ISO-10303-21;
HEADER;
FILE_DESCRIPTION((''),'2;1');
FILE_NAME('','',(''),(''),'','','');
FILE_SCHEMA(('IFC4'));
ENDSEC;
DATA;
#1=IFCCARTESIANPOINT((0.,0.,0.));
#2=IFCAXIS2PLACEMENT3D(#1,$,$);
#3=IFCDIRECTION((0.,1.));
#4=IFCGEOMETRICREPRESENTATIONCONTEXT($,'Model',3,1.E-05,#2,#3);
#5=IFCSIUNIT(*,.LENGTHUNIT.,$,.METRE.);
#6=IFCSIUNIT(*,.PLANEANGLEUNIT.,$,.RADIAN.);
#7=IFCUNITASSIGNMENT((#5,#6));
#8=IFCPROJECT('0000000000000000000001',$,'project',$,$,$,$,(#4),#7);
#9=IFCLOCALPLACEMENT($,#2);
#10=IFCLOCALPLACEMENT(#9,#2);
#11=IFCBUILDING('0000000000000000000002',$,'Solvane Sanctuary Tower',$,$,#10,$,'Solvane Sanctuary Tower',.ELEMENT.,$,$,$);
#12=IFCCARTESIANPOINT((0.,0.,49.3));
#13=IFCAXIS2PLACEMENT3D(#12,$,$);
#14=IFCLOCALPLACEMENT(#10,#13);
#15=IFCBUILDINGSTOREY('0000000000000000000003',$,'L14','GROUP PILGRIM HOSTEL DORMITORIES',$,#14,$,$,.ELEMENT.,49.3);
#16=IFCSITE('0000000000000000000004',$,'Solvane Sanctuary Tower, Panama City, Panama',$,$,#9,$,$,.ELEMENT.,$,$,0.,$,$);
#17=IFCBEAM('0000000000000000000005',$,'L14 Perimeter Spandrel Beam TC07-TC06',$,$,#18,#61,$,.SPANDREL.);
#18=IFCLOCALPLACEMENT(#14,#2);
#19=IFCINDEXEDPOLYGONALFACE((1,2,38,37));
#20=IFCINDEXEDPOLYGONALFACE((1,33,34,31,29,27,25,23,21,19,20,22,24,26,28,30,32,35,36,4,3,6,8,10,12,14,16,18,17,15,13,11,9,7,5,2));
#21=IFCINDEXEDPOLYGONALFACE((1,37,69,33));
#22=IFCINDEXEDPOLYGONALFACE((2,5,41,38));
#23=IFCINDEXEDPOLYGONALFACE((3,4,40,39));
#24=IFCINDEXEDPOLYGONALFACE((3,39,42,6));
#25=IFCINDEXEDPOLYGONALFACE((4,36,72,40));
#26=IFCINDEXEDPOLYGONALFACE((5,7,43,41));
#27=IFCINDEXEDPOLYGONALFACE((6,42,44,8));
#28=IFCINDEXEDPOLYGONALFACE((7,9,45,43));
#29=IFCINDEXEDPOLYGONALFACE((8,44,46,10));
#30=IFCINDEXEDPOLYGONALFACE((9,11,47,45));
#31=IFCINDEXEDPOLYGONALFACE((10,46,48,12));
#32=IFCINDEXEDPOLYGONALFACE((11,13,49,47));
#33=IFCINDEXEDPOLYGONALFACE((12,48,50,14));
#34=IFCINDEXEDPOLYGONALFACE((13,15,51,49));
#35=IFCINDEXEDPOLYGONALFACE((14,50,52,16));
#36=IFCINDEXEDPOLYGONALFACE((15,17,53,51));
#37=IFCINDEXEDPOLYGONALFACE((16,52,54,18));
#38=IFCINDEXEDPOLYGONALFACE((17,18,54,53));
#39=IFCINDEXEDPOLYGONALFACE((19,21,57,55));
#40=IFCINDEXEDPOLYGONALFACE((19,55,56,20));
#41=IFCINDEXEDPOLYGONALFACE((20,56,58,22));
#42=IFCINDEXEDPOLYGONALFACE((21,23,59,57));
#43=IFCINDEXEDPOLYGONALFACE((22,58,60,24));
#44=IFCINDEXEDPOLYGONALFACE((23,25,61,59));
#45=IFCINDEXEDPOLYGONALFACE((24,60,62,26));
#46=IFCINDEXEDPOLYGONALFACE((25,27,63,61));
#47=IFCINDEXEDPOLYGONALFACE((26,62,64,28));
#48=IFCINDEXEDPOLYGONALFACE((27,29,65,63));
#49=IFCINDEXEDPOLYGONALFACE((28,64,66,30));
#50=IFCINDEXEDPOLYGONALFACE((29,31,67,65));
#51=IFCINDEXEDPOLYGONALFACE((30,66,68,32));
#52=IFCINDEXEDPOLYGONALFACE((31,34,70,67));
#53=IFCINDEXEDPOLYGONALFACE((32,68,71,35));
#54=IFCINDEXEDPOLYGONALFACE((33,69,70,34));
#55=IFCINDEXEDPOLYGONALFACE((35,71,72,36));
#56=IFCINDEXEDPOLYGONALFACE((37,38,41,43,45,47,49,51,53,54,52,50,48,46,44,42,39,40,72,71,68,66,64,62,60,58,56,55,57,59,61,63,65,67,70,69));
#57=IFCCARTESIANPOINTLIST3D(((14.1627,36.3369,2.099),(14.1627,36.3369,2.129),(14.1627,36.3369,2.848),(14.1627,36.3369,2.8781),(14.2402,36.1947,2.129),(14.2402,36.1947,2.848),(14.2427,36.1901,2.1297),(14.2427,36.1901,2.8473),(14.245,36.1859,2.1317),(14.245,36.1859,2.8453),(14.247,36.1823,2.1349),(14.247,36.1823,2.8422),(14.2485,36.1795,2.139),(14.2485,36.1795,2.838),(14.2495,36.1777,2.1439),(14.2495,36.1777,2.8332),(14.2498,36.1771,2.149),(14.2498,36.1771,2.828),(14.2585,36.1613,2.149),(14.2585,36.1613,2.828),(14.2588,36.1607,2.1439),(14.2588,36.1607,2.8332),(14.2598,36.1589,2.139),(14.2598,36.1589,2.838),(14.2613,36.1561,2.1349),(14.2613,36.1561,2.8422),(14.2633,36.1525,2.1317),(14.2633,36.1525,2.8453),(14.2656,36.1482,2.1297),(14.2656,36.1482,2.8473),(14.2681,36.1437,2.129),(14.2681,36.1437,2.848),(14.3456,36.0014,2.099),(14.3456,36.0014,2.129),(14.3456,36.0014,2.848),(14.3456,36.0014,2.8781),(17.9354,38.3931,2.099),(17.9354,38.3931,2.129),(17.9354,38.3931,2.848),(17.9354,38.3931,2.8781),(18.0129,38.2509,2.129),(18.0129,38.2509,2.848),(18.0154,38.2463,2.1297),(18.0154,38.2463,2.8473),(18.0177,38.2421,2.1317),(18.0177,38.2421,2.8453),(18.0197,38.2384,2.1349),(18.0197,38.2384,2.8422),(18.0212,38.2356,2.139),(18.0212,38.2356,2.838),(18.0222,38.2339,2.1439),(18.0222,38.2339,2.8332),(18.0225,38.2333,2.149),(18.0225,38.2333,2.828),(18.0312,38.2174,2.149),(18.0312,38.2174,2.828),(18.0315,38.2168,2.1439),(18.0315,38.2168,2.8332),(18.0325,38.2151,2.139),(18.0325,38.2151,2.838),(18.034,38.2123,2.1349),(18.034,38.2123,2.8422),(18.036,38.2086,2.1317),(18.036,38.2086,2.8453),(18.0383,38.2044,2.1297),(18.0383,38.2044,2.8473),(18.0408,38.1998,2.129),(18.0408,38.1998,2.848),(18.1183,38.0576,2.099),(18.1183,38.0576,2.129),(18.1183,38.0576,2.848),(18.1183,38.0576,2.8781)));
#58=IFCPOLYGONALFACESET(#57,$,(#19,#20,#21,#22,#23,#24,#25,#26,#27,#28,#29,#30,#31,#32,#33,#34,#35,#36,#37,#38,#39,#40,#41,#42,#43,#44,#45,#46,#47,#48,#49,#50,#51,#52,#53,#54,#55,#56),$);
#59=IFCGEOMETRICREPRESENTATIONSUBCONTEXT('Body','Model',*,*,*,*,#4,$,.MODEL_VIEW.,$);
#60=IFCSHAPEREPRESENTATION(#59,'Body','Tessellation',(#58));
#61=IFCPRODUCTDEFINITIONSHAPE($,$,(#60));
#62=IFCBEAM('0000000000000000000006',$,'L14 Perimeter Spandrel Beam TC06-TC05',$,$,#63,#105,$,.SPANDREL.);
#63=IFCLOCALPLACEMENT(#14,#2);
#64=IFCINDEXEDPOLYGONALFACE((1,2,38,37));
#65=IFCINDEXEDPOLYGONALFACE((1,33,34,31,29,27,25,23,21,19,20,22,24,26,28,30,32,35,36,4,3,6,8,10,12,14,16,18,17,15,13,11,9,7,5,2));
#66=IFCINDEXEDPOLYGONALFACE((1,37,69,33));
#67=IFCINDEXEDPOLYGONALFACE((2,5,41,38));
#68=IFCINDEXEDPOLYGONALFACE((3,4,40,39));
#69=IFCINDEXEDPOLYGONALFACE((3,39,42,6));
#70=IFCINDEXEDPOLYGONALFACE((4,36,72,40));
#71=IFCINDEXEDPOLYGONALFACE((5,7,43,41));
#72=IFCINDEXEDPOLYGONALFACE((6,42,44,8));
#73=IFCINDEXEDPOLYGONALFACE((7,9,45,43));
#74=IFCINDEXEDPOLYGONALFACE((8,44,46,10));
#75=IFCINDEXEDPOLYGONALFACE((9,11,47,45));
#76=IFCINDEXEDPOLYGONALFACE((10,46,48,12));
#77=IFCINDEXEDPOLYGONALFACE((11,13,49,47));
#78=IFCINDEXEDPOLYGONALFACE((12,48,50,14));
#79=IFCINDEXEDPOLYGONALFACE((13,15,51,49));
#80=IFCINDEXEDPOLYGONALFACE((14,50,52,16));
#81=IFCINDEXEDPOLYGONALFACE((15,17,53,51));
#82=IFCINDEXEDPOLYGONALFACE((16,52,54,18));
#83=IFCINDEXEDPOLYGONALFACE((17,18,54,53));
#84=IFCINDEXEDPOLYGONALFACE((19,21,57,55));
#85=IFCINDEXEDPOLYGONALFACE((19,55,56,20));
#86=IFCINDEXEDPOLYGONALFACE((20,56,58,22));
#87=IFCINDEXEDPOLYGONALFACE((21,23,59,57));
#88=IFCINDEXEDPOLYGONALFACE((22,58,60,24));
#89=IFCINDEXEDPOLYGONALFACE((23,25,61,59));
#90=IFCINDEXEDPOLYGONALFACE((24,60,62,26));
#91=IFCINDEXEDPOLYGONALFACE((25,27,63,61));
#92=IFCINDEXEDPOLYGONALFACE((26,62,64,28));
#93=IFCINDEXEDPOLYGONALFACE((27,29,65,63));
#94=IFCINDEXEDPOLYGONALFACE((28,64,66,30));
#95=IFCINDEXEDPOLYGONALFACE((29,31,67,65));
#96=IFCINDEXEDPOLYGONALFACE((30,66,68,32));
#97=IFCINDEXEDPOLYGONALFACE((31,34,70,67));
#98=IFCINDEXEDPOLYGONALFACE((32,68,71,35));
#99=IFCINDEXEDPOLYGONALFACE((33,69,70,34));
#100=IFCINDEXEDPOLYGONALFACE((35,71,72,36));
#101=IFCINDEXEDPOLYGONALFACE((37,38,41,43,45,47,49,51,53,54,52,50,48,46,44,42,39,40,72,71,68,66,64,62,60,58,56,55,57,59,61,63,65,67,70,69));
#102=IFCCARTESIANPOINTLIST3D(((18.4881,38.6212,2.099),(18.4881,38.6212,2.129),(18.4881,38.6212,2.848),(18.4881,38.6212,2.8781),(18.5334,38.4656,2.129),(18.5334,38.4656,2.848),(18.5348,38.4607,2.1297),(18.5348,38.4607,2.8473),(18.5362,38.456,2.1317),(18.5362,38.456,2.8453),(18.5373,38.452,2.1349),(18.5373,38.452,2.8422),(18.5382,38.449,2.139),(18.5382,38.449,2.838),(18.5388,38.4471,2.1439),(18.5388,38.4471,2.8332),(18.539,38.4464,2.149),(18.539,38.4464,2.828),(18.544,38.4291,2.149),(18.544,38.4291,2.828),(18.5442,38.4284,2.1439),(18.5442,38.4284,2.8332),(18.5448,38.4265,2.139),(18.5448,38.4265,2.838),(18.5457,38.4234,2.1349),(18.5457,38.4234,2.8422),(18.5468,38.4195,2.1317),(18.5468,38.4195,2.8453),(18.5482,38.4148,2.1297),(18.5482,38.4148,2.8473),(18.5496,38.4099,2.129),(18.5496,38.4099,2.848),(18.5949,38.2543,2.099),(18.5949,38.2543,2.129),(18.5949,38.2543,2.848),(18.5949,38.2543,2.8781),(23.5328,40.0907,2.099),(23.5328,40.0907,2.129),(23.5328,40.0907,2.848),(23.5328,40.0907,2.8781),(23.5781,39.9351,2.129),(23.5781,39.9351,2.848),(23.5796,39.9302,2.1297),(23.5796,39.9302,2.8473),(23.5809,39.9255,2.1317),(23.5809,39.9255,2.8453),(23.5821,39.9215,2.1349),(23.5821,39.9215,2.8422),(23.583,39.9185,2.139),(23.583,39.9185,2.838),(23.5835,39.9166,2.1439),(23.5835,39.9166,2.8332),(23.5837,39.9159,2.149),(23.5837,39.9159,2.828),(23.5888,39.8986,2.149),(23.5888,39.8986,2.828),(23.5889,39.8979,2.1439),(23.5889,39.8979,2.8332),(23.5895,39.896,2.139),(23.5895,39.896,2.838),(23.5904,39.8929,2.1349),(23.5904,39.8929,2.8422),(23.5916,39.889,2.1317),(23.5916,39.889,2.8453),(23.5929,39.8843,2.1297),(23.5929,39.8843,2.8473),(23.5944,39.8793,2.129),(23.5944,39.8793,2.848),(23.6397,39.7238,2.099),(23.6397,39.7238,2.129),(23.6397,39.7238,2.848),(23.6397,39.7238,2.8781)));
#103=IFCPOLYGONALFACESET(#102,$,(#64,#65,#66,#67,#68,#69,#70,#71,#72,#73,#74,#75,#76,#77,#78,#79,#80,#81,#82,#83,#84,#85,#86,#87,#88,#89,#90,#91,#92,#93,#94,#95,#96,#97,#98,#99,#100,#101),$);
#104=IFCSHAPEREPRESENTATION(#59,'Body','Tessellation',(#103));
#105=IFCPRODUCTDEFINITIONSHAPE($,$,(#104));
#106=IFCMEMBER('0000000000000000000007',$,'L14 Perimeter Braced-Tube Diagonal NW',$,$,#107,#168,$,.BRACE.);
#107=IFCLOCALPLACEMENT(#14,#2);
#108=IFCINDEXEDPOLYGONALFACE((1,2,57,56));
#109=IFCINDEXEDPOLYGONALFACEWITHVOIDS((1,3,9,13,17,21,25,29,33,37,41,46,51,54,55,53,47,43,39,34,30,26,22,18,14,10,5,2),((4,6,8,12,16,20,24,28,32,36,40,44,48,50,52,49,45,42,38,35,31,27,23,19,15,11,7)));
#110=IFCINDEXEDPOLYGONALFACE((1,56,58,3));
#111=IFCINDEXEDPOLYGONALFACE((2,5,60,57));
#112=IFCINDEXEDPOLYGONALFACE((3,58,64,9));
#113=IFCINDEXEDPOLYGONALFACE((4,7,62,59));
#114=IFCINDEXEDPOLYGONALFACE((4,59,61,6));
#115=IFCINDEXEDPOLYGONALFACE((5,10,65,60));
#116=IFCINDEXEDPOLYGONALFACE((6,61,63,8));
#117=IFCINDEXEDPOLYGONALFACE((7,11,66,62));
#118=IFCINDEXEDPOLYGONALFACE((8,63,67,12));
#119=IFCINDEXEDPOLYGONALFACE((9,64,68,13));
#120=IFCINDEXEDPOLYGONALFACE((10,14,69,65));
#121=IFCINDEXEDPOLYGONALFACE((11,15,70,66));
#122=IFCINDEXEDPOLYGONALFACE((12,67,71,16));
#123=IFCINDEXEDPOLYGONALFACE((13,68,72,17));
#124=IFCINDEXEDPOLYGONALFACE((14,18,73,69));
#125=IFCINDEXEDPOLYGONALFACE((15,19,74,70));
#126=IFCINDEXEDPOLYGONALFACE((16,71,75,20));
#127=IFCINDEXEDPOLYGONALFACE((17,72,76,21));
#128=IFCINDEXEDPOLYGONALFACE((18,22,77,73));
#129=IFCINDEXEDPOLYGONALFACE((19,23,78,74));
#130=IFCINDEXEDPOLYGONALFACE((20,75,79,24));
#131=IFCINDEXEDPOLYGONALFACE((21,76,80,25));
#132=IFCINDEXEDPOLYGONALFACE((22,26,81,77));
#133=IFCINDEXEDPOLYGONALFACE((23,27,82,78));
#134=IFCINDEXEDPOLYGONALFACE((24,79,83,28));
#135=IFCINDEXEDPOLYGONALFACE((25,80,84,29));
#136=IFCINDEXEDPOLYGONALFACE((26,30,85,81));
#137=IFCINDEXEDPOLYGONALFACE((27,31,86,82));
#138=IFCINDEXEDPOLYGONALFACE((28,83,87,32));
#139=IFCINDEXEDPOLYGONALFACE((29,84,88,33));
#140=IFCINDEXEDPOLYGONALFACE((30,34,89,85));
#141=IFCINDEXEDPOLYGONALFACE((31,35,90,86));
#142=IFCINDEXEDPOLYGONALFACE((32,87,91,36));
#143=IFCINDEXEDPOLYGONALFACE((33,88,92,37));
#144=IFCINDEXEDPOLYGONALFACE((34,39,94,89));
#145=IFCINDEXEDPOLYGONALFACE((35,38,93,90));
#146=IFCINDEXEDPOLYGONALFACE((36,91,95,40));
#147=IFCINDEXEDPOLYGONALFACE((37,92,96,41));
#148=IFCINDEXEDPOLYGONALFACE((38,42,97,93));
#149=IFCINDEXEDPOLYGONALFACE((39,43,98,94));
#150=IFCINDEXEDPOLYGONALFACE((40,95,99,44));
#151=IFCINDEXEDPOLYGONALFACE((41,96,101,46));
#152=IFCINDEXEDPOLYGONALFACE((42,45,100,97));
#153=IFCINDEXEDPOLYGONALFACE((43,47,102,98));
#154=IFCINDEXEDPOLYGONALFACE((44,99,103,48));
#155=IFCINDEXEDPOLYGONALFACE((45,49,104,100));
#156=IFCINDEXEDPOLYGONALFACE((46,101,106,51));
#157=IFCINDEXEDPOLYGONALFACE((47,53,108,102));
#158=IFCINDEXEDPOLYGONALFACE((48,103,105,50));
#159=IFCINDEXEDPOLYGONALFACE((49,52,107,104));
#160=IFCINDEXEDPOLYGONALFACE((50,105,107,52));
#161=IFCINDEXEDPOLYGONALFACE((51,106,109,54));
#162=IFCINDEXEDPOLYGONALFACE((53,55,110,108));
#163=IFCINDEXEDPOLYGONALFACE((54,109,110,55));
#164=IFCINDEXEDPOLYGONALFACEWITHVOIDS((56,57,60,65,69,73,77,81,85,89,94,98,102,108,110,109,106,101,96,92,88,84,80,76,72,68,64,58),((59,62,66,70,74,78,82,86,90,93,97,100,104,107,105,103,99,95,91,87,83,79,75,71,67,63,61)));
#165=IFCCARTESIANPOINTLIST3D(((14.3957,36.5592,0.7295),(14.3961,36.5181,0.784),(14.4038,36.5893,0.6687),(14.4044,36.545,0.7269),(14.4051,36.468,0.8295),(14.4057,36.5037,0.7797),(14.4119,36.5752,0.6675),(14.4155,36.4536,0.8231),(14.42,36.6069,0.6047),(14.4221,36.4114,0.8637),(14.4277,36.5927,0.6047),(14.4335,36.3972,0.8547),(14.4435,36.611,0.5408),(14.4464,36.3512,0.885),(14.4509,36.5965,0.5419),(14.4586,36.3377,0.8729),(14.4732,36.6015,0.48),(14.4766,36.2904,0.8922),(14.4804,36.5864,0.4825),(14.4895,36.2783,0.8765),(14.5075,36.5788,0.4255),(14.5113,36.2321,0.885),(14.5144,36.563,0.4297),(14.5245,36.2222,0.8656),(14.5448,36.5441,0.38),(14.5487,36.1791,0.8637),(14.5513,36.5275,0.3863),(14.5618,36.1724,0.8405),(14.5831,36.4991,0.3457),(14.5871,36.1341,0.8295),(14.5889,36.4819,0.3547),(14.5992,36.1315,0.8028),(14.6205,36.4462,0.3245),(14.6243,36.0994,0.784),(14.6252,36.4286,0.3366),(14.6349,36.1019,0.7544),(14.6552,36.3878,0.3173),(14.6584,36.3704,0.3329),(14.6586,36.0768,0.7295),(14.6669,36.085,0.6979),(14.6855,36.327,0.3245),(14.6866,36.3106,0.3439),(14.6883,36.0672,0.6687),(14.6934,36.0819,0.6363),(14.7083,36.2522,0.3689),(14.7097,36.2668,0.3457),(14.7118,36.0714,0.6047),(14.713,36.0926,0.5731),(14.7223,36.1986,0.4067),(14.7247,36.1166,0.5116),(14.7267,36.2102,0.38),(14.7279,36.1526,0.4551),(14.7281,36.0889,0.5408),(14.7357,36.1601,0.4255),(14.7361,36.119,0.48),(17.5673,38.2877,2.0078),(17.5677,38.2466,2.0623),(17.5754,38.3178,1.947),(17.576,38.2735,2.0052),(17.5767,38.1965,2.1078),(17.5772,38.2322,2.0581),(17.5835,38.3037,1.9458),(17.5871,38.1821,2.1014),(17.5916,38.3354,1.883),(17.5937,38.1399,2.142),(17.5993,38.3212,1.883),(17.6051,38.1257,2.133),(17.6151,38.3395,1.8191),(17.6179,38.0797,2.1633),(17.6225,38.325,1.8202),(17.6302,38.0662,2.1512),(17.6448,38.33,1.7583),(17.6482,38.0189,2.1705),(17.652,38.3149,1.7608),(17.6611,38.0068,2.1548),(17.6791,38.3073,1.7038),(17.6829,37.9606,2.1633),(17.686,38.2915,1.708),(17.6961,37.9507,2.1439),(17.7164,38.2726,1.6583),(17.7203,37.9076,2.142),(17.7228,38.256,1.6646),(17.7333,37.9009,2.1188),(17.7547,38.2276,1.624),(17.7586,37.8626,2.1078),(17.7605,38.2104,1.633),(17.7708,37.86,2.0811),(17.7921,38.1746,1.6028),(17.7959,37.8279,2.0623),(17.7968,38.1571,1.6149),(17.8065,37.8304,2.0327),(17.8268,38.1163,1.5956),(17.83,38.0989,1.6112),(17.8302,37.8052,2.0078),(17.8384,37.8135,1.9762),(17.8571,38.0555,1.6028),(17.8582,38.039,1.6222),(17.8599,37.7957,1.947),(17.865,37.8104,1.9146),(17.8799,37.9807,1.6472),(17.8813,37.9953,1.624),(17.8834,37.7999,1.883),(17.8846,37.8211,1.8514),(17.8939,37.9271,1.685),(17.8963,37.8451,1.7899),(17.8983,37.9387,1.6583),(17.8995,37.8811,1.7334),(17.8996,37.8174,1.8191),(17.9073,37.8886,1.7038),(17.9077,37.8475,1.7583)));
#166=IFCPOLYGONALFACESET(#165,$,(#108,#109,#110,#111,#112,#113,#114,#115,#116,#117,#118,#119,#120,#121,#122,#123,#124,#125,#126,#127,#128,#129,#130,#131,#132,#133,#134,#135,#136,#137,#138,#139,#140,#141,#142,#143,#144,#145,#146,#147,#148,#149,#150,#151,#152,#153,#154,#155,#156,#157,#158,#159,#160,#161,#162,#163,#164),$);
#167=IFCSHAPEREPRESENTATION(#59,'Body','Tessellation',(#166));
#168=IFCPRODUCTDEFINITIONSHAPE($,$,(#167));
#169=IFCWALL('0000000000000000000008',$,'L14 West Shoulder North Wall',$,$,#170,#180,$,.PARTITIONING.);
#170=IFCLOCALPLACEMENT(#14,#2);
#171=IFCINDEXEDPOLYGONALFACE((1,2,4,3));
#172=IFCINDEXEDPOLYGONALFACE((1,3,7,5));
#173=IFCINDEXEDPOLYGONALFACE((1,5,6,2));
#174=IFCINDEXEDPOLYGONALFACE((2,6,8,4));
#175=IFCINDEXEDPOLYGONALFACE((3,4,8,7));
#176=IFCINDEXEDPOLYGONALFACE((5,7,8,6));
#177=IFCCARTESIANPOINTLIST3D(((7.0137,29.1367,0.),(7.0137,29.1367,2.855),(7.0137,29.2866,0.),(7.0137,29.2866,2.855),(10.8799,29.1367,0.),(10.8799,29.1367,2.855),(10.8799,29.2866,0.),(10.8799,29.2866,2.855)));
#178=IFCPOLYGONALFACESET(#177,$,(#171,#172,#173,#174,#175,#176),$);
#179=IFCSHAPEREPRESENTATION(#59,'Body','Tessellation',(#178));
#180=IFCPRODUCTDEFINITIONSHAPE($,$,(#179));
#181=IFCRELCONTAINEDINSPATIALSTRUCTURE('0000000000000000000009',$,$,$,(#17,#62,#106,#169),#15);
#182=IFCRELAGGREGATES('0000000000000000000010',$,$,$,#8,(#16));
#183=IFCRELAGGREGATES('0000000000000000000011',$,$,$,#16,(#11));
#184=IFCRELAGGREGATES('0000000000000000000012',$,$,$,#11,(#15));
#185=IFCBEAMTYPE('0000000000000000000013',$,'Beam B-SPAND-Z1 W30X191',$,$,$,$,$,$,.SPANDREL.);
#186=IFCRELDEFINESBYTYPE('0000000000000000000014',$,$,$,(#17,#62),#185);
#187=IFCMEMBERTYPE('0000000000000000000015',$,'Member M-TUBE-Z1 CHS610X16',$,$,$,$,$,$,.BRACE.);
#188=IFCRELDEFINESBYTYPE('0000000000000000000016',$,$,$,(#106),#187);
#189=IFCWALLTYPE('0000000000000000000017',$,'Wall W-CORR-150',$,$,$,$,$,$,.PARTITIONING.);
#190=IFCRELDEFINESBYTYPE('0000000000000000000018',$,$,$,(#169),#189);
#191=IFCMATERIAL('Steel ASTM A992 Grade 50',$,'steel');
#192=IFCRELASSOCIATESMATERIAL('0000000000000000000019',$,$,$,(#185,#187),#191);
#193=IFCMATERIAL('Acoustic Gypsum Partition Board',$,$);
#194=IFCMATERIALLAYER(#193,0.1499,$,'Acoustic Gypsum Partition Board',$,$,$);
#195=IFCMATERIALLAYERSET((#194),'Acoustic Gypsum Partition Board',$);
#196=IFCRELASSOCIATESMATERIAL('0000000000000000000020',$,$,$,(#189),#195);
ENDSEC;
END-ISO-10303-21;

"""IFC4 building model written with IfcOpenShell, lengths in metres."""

from ifc_helpers import new_model, si_unit, direction, frame, frame_2d, origin, origin_2d, place, context, subcontext, project, spatial, rectangle, hollow_circle, i_section, extrude, material, layer, layer_set, material_profile, profile_set, type_object, element, save


model = new_model("IFC4")

# Units and contexts
model_context = context("Model", 3, precision=1e-05, world=origin(), true_north=direction((0.0, 1.0)))
body_context = subcontext(model_context, "Body", "Model", "MODEL_VIEW")
ifc_project = project(units=[si_unit("LENGTHUNIT", "METRE"), si_unit("PLANEANGLEUNIT", "RADIAN")], contexts=[model_context])

# Site, building, storey
site_placement = place(None, origin())
site = spatial("IfcSite", under=ifc_project, at=site_placement, Name="Solvane Sanctuary Tower, Panama City, Panama", CompositionType="ELEMENT", RefElevation=0.0)
building_placement = place(site_placement, origin())
building = spatial("IfcBuilding", under=site, at=building_placement, Name="Solvane Sanctuary Tower", LongName="Solvane Sanctuary Tower", CompositionType="ELEMENT")
storey_placement = place(building_placement, frame((0.0, 0.0, 49.3)))
storey = spatial("IfcBuildingStorey", under=building, at=storey_placement, Name="L14", Description="GROUP PILGRIM HOSTEL DORMITORIES", CompositionType="ELEMENT", Elevation=49.3)

# Beams
ifc_material_1 = material(Name="Steel ASTM A992 Grade 50", Category="steel")
ifc_material_profile_1 = material_profile(ifc_material_1, i_section(OverallWidth=0.3821, OverallDepth=0.7791, WebThickness=0.0181, FlangeThickness=0.03, FilletRadius=0.02, at=origin_2d()), Name="W30X191")
ifc_profile_set_1 = profile_set([ifc_material_profile_1], Name="Steel ASTM A992 Grade 50")
beam_type_1 = type_object("IfcBeamType", Name="Beam B-SPAND-Z1 W30X191", PredefinedType="SPANDREL", material=ifc_profile_set_1)
beam_1_placement = place(storey_placement, frame((14.2542, 36.1692, 2.4885), z_axis=(0.878061, 0.47855, 0.0), x_axis=(-0.47855, 0.878061, 0.0)))
element("IfcBeam", 1, at=beam_1_placement, inside=storey, type_object=beam_type_1, Name="L14 Perimeter Spandrel Beam TC07-TC06", PredefinedType="SPANDREL", context=body_context, shape_type="SweptSolid", body=[
    extrude(i_section(OverallWidth=0.3821, OverallDepth=0.7791, WebThickness=0.0181, FlangeThickness=0.03, FilletRadius=0.02, at=origin_2d()), origin(), (0.0, 0.0, 1.0), 4.2966),
])
beam_2_placement = place(storey_placement, frame((18.5415, 38.4377, 2.4885), z_axis=(0.960096, 0.27967, 0.0), x_axis=(-0.27967, 0.960096, 0.0)))
element("IfcBeam", 2, at=beam_2_placement, inside=storey, type_object=beam_type_1, Name="L14 Perimeter Spandrel Beam TC06-TC05", PredefinedType="SPANDREL", context=body_context, shape_type="SweptSolid", body=[
    extrude(i_section(OverallWidth=0.3821, OverallDepth=0.7791, WebThickness=0.0181, FlangeThickness=0.03, FilletRadius=0.02, at=origin_2d()), origin(), (0.0, 0.0, 1.0), 5.2544),
])

# Member
ifc_material_profile_2 = material_profile(ifc_material_1, hollow_circle(Radius=0.3049, WallThickness=0.0161, at=origin_2d()), Name="CHS610X16")
ifc_profile_set_2 = profile_set([ifc_material_profile_2], Name="Steel ASTM A992 Grade 50")
member_type = type_object("IfcMemberType", Name="Member M-TUBE-Z1 CHS610X16", PredefinedType="BRACE", material=ifc_profile_set_2)
member_placement = place(storey_placement, frame((14.5659, 36.3391, 0.6047), z_axis=(0.827758, 0.451122, 0.333626), x_axis=(-0.47854, 0.878066, 0.0)))
element("IfcMember", 3, at=member_placement, inside=storey, type_object=member_type, Name="L14 Perimeter Braced-Tube Diagonal NW", PredefinedType="BRACE", context=body_context, shape_type="SweptSolid", body=[
    extrude(hollow_circle(Radius=0.3049, WallThickness=0.0161, at=origin_2d()), origin(), (0.0, 0.0, 1.0), 3.8315),
])

# Wall
ifc_material_2 = material(Name="Acoustic Gypsum Partition Board")
ifc_layer_1 = layer(ifc_material_2, 0.1499, Name="Acoustic Gypsum Partition Board")
ifc_layer_set_1 = layer_set([ifc_layer_1], Name="Acoustic Gypsum Partition Board")
wall_type_1 = type_object("IfcWallType", Name="Wall W-CORR-150", PredefinedType="PARTITIONING", material=ifc_layer_set_1)
wall_1_placement = place(storey_placement, frame((7.0137, 29.2117, 0.0), z_axis=(0.0, 0.0, 1.0), x_axis=(1.0, 0.0, 0.0)))
element("IfcWall", 4, at=wall_1_placement, inside=storey, type_object=wall_type_1, Name="L14 West Shoulder North Wall", PredefinedType="PARTITIONING", context=body_context, shape_type="SweptSolid", body=[
    extrude(rectangle(XDim=3.8662, YDim=0.1499, at=frame_2d((1.9331, 0.0))), origin(), (0.0, 0.0, 1.0), 2.855),
])

save(model, "model.ifc")
